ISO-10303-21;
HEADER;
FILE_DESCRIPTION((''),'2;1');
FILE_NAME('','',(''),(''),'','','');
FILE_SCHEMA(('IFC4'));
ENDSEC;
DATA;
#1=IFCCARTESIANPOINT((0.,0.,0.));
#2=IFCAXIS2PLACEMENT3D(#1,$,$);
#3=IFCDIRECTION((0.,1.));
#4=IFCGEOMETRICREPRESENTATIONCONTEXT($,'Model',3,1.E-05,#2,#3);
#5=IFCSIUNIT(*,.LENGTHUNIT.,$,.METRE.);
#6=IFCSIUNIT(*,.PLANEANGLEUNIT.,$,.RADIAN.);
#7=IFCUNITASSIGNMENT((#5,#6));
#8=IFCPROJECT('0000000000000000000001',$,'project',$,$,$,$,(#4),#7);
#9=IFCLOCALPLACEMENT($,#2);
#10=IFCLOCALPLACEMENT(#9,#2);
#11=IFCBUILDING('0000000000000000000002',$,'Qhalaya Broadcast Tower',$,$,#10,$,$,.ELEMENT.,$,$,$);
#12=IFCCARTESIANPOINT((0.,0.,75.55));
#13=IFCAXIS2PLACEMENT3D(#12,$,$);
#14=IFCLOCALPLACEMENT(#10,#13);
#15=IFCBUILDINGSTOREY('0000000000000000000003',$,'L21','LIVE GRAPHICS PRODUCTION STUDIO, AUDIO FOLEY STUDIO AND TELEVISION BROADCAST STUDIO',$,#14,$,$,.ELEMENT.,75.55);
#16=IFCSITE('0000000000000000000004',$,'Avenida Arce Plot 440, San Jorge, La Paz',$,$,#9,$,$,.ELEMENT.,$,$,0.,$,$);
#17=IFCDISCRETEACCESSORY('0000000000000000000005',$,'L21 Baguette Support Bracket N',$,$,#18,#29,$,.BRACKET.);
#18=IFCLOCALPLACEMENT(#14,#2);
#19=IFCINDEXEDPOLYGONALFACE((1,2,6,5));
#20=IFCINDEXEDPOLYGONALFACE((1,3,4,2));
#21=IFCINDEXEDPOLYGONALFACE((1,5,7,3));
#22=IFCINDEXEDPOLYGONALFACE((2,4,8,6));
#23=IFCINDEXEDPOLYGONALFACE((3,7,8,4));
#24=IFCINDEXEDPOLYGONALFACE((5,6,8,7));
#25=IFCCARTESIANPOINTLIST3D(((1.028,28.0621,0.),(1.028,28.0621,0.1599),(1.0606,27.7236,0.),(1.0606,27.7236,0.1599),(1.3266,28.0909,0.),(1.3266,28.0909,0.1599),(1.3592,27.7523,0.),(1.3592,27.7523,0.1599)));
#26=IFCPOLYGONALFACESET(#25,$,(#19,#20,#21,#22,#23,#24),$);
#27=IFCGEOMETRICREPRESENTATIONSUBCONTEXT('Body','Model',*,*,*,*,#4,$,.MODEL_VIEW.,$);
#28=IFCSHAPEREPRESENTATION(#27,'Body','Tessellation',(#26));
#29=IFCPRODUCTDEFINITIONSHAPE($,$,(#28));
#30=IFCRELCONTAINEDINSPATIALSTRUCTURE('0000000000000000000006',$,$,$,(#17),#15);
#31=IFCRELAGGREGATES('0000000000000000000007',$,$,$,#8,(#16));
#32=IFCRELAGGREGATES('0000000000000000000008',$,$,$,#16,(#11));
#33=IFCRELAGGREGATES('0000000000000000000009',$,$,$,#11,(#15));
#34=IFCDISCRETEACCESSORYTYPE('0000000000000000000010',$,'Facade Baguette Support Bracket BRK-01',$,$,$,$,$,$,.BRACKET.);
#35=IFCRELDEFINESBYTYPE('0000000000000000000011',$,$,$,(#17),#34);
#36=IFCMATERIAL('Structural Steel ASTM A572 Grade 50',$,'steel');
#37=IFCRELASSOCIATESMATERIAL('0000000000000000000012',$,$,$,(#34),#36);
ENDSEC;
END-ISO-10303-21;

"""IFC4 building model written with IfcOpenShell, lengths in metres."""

from ifc_helpers import new_model, si_unit, direction, frame, origin, origin_2d, place, context, subcontext, project, spatial, rectangle, extrude, material, type_object, element, save


model = new_model("IFC4")

# Units and contexts
model_context = context("Model", 3, precision=1e-05, world=origin(), true_north=direction((0.0, 1.0)))
body_context = subcontext(model_context, "Body", "Model", "MODEL_VIEW")
ifc_project = project(units=[si_unit("LENGTHUNIT", "METRE"), si_unit("PLANEANGLEUNIT", "RADIAN")], contexts=[model_context])

# Site, building, storey
site_placement = place(None, origin())
site = spatial("IfcSite", under=ifc_project, at=site_placement, Name="Avenida Arce Plot 440, San Jorge, La Paz", CompositionType="ELEMENT", RefElevation=0.0)
building_placement = place(site_placement, origin())
building = spatial("IfcBuilding", under=site, at=building_placement, Name="Qhalaya Broadcast Tower", CompositionType="ELEMENT")
storey_placement = place(building_placement, frame((0.0, 0.0, 75.55)))
storey = spatial("IfcBuildingStorey", under=building, at=storey_placement, Name="L21", Description="LIVE GRAPHICS PRODUCTION STUDIO, AUDIO FOLEY STUDIO AND TELEVISION BROADCAST STUDIO", CompositionType="ELEMENT", Elevation=75.55)

# Shared definitions
ifc_material_1 = material(Name="Structural Steel ASTM A572 Grade 50", Category="steel")

# Discrete accessory
discrete_accessory_type = type_object("IfcDiscreteAccessoryType", Name="Facade Baguette Support Bracket BRK-01", PredefinedType="BRACKET", material=ifc_material_1)
discrete_accessory_placement = place(storey_placement, frame((1.1936, 27.9072, 0.0), z_axis=(0.0, 0.0, 1.0), x_axis=(-0.995396, -0.095846, 0.0)))
element("IfcDiscreteAccessory", 1, at=discrete_accessory_placement, inside=storey, type_object=discrete_accessory_type, Name="L21 Baguette Support Bracket N", PredefinedType="BRACKET", context=body_context, shape_type="SweptSolid", body=[
    extrude(rectangle(XDim=0.3, YDim=0.3401, at=origin_2d()), origin(), (0.0, 0.0, 1.0), 0.1599),
])

save(model, "model.ifc")
